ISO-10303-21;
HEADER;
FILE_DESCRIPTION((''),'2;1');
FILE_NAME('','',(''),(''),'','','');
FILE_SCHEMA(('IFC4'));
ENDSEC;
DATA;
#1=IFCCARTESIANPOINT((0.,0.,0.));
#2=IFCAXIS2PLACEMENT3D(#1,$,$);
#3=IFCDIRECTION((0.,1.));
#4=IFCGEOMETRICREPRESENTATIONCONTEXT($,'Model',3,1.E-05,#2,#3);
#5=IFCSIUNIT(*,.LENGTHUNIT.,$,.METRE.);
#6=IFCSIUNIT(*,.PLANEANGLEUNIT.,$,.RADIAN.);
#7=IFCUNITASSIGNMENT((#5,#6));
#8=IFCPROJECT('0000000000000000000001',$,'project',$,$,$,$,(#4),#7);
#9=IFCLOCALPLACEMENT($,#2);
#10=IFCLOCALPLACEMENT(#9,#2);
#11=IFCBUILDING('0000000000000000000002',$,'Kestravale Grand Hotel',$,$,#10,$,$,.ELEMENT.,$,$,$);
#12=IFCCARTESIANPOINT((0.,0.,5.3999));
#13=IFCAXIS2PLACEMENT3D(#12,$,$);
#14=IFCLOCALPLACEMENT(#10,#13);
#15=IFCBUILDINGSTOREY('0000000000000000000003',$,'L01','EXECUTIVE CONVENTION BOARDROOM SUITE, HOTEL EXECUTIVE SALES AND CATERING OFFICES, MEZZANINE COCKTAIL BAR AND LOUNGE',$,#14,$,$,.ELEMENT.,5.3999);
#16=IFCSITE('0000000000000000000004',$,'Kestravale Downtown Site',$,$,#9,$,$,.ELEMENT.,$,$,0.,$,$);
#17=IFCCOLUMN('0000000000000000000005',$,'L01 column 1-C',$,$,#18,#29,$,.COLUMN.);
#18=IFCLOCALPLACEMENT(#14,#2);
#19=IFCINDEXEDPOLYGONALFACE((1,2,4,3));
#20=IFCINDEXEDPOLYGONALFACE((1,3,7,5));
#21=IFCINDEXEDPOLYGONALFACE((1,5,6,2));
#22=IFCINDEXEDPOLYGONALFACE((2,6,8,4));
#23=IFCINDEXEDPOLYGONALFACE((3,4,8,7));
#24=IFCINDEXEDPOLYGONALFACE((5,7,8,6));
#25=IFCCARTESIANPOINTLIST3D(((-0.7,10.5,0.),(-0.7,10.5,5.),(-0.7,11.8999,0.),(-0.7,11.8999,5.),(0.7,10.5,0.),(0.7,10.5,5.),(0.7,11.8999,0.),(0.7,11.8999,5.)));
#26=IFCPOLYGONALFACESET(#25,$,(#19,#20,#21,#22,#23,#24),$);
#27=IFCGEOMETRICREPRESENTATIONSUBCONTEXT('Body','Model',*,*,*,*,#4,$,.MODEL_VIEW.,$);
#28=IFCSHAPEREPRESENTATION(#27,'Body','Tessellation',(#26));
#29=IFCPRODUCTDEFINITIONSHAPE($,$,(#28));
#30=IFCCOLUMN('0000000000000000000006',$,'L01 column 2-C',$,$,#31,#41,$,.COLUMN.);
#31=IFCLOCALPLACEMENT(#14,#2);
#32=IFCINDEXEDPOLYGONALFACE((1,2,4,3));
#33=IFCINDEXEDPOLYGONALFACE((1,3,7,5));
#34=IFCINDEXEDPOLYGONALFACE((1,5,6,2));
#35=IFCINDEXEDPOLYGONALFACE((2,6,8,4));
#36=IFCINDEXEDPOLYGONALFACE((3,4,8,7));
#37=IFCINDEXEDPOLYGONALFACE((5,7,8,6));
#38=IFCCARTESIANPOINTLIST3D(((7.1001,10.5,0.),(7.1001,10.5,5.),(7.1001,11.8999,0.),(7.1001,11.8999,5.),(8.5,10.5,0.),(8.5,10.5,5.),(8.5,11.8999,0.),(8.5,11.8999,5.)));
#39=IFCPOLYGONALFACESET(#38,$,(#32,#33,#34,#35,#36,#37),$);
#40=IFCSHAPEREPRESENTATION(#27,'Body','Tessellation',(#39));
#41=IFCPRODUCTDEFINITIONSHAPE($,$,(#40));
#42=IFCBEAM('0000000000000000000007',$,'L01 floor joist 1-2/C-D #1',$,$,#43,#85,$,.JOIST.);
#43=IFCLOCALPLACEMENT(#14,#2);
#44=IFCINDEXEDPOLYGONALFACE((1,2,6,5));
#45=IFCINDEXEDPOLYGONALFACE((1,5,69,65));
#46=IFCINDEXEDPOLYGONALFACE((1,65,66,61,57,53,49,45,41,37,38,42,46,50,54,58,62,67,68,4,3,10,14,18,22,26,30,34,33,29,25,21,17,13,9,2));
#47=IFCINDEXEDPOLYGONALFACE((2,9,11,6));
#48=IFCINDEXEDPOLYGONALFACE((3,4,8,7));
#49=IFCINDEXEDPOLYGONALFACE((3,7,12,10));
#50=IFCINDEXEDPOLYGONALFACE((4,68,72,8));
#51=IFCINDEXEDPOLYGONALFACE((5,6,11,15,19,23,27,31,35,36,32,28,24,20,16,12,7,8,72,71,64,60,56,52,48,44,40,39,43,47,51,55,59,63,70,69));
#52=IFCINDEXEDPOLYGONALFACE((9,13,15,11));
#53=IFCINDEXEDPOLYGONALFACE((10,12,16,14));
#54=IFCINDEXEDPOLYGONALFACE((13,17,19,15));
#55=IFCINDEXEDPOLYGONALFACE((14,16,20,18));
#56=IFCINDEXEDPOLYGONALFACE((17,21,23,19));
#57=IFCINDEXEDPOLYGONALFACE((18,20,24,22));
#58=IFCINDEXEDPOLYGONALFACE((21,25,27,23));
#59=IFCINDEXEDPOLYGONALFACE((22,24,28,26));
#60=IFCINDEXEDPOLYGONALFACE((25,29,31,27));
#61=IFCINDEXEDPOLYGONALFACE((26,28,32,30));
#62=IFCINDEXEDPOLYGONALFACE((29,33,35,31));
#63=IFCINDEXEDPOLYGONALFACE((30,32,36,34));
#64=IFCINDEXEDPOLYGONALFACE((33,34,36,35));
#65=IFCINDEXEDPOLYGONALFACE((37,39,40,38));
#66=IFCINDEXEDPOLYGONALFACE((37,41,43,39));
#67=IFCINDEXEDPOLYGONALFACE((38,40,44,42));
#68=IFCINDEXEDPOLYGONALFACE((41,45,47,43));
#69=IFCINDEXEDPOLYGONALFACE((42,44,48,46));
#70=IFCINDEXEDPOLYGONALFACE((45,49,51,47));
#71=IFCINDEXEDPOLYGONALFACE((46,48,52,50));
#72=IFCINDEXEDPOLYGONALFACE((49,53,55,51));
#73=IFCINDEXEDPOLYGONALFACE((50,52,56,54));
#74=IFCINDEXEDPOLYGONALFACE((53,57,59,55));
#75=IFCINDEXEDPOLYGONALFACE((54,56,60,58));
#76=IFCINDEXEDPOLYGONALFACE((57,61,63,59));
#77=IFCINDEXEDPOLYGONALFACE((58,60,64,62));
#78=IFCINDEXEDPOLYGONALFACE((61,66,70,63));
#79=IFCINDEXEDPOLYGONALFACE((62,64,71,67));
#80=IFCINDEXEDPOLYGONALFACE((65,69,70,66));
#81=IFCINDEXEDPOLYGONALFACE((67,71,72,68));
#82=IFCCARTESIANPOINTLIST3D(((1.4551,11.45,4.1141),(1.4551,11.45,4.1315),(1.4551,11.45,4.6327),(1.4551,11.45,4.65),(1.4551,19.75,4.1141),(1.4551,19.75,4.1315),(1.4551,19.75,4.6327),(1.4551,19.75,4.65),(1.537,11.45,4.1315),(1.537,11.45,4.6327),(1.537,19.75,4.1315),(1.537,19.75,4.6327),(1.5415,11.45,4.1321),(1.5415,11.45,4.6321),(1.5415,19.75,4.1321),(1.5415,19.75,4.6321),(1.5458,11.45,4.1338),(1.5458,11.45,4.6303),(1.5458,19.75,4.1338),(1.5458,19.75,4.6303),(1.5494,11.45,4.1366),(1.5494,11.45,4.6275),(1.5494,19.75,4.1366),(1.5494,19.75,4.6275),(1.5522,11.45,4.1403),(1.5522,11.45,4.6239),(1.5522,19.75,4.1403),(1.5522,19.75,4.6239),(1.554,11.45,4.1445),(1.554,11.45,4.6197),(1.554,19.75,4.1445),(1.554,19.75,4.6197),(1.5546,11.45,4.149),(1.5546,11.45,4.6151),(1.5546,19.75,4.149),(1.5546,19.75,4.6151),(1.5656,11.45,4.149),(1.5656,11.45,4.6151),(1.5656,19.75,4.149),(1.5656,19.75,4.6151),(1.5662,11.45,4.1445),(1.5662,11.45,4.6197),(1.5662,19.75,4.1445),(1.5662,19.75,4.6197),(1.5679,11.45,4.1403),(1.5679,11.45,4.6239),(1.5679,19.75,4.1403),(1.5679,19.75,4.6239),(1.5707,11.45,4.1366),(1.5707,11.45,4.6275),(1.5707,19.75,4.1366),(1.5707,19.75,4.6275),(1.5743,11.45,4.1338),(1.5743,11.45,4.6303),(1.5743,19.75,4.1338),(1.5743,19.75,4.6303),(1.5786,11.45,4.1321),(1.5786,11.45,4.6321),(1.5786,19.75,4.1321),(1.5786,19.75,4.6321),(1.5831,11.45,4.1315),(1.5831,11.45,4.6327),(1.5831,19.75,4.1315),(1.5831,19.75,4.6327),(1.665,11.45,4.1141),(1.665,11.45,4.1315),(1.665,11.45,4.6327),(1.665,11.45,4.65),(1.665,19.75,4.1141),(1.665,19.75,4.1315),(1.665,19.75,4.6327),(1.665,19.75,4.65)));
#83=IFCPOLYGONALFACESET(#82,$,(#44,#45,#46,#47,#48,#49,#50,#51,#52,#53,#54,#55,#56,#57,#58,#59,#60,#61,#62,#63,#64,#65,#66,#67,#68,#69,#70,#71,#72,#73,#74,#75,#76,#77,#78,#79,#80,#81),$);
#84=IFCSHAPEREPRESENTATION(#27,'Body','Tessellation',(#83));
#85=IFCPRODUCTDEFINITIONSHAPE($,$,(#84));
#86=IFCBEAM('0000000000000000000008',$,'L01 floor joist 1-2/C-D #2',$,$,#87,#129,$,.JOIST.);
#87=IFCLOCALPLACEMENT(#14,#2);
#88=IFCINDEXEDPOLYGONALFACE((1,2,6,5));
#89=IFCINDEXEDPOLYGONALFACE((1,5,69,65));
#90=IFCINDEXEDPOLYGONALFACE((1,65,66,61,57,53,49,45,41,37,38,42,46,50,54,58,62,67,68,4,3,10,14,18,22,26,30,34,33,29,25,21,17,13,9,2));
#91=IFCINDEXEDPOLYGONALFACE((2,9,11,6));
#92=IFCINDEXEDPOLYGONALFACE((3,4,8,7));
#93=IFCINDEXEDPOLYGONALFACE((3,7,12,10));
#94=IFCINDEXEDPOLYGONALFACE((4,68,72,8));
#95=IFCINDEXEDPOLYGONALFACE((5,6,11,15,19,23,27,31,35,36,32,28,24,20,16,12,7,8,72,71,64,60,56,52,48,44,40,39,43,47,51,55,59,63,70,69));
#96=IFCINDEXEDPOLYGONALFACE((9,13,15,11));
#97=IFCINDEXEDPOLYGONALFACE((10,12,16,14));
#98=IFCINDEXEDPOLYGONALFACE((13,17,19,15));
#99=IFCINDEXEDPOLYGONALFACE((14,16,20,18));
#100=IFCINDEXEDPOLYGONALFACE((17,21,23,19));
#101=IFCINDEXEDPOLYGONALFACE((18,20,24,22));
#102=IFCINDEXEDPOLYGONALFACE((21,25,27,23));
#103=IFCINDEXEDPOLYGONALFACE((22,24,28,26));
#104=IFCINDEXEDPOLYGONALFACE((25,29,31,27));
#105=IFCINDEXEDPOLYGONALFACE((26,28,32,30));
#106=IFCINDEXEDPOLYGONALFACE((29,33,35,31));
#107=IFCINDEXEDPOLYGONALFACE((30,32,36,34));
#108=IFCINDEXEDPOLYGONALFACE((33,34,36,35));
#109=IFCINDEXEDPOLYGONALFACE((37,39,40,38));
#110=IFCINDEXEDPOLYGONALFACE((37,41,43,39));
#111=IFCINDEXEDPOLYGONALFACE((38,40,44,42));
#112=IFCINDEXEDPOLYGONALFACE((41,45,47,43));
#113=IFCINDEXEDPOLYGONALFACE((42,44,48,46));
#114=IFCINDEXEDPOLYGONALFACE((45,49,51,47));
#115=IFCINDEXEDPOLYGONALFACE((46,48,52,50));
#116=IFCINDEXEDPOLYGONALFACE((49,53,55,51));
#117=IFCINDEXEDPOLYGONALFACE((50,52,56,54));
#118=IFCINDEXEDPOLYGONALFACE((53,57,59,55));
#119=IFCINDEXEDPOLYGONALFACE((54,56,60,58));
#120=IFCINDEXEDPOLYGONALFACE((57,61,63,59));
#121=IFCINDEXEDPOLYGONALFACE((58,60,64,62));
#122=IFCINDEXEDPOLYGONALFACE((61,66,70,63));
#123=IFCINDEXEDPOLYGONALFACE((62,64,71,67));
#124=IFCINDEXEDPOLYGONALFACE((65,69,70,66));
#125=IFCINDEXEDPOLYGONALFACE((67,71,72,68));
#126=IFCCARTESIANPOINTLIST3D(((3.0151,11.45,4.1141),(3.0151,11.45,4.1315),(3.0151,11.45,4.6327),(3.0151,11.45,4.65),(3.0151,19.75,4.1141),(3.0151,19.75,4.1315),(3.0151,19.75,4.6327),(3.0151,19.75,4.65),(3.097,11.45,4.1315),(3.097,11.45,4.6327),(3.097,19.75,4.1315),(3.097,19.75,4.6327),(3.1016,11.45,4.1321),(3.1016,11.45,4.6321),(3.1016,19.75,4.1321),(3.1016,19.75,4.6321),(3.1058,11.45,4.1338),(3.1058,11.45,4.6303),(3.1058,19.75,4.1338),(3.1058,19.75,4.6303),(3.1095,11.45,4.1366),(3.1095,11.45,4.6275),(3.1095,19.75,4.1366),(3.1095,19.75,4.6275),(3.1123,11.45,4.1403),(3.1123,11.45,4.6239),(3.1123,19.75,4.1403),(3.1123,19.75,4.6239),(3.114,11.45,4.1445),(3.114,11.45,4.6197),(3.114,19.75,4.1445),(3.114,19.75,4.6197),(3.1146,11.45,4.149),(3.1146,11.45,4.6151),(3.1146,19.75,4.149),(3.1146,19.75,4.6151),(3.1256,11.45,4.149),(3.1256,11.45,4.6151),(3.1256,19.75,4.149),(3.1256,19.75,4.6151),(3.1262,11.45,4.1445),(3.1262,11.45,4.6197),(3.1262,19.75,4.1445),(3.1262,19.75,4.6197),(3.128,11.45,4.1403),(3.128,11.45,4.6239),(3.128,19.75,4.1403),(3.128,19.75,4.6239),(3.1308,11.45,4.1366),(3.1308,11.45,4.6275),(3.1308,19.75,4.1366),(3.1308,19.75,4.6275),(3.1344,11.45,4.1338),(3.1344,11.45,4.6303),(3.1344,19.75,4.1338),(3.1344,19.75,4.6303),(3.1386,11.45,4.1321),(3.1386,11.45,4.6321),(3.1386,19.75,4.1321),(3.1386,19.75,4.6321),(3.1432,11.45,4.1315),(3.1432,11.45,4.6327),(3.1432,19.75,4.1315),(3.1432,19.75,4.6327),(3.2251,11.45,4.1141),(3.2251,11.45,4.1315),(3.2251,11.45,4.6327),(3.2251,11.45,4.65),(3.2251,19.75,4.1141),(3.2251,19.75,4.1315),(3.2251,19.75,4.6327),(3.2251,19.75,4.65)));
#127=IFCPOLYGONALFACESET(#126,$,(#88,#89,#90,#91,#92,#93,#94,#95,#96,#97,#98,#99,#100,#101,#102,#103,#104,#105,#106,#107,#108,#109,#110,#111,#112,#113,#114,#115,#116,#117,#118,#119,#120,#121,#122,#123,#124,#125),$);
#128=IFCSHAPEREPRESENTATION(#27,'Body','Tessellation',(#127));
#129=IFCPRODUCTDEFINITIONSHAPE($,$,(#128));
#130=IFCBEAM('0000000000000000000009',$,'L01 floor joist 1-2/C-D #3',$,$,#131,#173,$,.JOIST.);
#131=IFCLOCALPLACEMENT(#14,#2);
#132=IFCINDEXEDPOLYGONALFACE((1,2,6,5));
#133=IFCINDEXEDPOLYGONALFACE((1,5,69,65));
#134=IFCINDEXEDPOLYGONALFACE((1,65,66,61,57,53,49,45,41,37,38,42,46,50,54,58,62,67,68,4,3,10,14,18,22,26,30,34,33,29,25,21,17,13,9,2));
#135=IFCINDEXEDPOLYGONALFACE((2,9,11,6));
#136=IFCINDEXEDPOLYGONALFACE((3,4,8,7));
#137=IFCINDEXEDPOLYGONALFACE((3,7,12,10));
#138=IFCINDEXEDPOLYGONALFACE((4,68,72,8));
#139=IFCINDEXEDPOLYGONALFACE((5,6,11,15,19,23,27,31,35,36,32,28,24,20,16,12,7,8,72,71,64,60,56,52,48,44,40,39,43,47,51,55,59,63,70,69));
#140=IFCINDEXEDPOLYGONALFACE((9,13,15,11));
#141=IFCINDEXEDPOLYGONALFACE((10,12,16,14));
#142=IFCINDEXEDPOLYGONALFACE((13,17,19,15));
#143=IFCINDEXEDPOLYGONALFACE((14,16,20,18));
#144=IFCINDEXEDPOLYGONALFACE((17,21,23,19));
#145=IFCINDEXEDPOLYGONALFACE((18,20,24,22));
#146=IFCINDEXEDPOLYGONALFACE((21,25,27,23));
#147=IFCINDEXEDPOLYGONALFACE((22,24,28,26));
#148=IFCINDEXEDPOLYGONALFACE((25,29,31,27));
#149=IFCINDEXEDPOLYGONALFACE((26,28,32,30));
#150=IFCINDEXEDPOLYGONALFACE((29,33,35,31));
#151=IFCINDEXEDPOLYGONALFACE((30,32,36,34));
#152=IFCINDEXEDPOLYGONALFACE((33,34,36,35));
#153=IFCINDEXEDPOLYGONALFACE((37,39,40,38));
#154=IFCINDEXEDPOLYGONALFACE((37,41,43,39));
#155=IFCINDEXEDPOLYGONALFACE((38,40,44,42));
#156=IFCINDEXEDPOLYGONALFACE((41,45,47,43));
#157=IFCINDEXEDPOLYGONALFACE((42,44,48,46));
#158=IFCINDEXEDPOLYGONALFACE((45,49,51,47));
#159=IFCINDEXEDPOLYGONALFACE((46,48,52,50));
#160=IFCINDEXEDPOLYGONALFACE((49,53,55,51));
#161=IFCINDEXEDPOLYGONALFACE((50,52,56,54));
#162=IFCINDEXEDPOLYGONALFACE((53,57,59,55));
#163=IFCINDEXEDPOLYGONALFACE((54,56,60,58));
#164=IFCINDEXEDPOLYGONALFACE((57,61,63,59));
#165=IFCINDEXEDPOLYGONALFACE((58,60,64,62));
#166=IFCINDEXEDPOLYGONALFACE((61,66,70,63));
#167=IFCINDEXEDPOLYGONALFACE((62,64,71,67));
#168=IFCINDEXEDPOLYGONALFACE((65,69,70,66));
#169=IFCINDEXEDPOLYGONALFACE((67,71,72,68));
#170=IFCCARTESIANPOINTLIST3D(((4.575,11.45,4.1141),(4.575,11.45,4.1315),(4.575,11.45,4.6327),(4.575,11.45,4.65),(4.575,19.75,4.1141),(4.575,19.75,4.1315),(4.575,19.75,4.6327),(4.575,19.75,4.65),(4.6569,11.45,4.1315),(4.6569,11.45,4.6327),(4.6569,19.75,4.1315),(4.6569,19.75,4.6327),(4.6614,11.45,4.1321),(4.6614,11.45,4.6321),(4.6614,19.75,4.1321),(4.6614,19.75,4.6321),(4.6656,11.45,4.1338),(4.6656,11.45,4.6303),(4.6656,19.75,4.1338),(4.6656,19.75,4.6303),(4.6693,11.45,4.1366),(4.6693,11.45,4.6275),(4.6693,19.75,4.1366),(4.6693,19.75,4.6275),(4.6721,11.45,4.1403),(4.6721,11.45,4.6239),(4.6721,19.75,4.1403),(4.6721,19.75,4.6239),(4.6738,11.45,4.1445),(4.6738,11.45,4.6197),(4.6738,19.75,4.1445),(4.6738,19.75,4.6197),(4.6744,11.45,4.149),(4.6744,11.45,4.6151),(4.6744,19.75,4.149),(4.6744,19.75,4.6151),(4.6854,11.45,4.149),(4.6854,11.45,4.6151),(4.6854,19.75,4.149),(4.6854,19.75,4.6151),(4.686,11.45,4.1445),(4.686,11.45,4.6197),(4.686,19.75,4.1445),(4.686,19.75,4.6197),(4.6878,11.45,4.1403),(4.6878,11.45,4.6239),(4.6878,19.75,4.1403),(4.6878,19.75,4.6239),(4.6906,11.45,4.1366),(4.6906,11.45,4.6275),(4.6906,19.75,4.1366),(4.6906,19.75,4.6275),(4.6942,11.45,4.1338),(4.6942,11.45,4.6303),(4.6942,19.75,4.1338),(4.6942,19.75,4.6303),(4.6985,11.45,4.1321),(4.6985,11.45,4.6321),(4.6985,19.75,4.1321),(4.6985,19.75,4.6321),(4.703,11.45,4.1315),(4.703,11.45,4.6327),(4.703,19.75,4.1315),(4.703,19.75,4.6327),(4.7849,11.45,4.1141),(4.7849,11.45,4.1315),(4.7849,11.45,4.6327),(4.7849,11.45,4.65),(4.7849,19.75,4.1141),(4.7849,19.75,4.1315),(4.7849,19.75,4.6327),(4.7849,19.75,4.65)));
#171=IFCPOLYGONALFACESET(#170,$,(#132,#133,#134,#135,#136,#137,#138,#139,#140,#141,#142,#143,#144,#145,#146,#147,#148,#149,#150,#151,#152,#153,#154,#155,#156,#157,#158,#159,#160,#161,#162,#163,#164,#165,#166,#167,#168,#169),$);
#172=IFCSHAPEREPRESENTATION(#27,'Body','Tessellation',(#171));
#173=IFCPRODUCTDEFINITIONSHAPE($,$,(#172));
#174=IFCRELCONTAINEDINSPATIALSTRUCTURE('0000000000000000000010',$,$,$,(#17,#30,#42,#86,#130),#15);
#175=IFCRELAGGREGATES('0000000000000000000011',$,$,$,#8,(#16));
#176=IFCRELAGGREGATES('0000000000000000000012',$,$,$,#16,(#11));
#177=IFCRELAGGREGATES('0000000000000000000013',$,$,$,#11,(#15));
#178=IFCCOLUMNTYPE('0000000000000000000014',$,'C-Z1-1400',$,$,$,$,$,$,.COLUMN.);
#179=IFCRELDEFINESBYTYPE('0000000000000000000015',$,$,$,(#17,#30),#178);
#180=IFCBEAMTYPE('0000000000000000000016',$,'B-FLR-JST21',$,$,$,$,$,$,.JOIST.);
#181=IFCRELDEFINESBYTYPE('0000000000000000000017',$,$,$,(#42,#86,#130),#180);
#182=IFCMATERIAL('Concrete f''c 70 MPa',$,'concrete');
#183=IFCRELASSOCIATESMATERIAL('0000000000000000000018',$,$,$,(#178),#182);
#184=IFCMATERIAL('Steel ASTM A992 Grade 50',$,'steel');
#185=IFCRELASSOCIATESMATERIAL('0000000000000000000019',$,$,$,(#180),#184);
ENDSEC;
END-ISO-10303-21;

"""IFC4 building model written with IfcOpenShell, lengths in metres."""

from ifc_helpers import new_model, si_unit, direction, frame, origin, origin_2d, place, context, subcontext, project, spatial, rectangle, i_section, extrude, material, material_profile, profile_set, type_object, element, save


model = new_model("IFC4")

# Units and contexts
model_context = context("Model", 3, precision=1e-05, world=origin(), true_north=direction((0.0, 1.0)))
body_context = subcontext(model_context, "Body", "Model", "MODEL_VIEW")
ifc_project = project(units=[si_unit("LENGTHUNIT", "METRE"), si_unit("PLANEANGLEUNIT", "RADIAN")], contexts=[model_context])

# Site, building, storey
site_placement = place(None, origin())
site = spatial("IfcSite", under=ifc_project, at=site_placement, Name="Kestravale Downtown Site", CompositionType="ELEMENT", RefElevation=0.0)
building_placement = place(site_placement, origin())
building = spatial("IfcBuilding", under=site, at=building_placement, Name="Kestravale Grand Hotel", CompositionType="ELEMENT")
storey_placement = place(building_placement, frame((0.0, 0.0, 5.3999)))
storey = spatial("IfcBuildingStorey", under=building, at=storey_placement, Name="L01", Description="EXECUTIVE CONVENTION BOARDROOM SUITE, HOTEL EXECUTIVE SALES AND CATERING OFFICES, MEZZANINE COCKTAIL BAR AND LOUNGE", CompositionType="ELEMENT", Elevation=5.3999)

# Columns
ifc_material_1 = material(Name="Concrete f'c 70 MPa", Category="concrete")
ifc_material_profile_1 = material_profile(ifc_material_1, rectangle(XDim=1.3999, YDim=1.3999, at=origin_2d()))
ifc_profile_set_1 = profile_set([ifc_material_profile_1], Name="Concrete f'c 70 MPa")
column_type = type_object("IfcColumnType", Name="C-Z1-1400", PredefinedType="COLUMN", material=ifc_profile_set_1)
for number, where, z_axis, x_axis, name in (
    (1, (0.0, 11.2, 0.0), (0.0, 0.0, 1.0), (1.0, 0.0, 0.0), "L01 column 1-C"),
    (2, (7.8, 11.2, 0.0), (0.0, 0.0, 1.0), (1.0, 0.0, 0.0), "L01 column 2-C"),
):
    element("IfcColumn", number, at=place(storey_placement, frame(where, z_axis=z_axis, x_axis=x_axis)), inside=storey, type_object=column_type, Name=name, PredefinedType="COLUMN", context=body_context, shape_type="SweptSolid", body=[
        extrude(rectangle(XDim=1.3999, YDim=1.3999, at=origin_2d()), origin(), (0.0, 0.0, 1.0), 5.0),
    ])

# Beams
ifc_material_2 = material(Name="Steel ASTM A992 Grade 50", Category="steel")
ifc_material_profile_2 = material_profile(ifc_material_2, i_section(OverallWidth=0.21, OverallDepth=0.5359, WebThickness=0.011, FlangeThickness=0.0173, FilletRadius=0.0176, at=origin_2d()))
ifc_profile_set_2 = profile_set([ifc_material_profile_2], Name="Steel ASTM A992 Grade 50")
beam_type_1 = type_object("IfcBeamType", Name="B-FLR-JST21", PredefinedType="JOIST", material=ifc_profile_set_2)
for number, where, z_axis, x_axis, name in (
    (3, (1.5601, 11.45, 4.3821), (0.0, 1.0, 0.0), (-1.0, 0.0, 0.0), "L01 floor joist 1-2/C-D #1"),
    (4, (3.1201, 11.45, 4.3821), (0.0, 1.0, 0.0), (-1.0, 0.0, 0.0), "L01 floor joist 1-2/C-D #2"),
    (5, (4.6799, 11.45, 4.3821), (0.0, 1.0, 0.0), (-1.0, 0.0, 0.0), "L01 floor joist 1-2/C-D #3"),
):
    element("IfcBeam", number, at=place(storey_placement, frame(where, z_axis=z_axis, x_axis=x_axis)), inside=storey, type_object=beam_type_1, Name=name, PredefinedType="JOIST", context=body_context, shape_type="SweptSolid", body=[
        extrude(i_section(OverallWidth=0.21, OverallDepth=0.5359, WebThickness=0.011, FlangeThickness=0.0173, FilletRadius=0.0176, at=origin_2d()), origin(), (0.0, 0.0, 1.0), 8.3),
    ])

save(model, "model.ifc")
